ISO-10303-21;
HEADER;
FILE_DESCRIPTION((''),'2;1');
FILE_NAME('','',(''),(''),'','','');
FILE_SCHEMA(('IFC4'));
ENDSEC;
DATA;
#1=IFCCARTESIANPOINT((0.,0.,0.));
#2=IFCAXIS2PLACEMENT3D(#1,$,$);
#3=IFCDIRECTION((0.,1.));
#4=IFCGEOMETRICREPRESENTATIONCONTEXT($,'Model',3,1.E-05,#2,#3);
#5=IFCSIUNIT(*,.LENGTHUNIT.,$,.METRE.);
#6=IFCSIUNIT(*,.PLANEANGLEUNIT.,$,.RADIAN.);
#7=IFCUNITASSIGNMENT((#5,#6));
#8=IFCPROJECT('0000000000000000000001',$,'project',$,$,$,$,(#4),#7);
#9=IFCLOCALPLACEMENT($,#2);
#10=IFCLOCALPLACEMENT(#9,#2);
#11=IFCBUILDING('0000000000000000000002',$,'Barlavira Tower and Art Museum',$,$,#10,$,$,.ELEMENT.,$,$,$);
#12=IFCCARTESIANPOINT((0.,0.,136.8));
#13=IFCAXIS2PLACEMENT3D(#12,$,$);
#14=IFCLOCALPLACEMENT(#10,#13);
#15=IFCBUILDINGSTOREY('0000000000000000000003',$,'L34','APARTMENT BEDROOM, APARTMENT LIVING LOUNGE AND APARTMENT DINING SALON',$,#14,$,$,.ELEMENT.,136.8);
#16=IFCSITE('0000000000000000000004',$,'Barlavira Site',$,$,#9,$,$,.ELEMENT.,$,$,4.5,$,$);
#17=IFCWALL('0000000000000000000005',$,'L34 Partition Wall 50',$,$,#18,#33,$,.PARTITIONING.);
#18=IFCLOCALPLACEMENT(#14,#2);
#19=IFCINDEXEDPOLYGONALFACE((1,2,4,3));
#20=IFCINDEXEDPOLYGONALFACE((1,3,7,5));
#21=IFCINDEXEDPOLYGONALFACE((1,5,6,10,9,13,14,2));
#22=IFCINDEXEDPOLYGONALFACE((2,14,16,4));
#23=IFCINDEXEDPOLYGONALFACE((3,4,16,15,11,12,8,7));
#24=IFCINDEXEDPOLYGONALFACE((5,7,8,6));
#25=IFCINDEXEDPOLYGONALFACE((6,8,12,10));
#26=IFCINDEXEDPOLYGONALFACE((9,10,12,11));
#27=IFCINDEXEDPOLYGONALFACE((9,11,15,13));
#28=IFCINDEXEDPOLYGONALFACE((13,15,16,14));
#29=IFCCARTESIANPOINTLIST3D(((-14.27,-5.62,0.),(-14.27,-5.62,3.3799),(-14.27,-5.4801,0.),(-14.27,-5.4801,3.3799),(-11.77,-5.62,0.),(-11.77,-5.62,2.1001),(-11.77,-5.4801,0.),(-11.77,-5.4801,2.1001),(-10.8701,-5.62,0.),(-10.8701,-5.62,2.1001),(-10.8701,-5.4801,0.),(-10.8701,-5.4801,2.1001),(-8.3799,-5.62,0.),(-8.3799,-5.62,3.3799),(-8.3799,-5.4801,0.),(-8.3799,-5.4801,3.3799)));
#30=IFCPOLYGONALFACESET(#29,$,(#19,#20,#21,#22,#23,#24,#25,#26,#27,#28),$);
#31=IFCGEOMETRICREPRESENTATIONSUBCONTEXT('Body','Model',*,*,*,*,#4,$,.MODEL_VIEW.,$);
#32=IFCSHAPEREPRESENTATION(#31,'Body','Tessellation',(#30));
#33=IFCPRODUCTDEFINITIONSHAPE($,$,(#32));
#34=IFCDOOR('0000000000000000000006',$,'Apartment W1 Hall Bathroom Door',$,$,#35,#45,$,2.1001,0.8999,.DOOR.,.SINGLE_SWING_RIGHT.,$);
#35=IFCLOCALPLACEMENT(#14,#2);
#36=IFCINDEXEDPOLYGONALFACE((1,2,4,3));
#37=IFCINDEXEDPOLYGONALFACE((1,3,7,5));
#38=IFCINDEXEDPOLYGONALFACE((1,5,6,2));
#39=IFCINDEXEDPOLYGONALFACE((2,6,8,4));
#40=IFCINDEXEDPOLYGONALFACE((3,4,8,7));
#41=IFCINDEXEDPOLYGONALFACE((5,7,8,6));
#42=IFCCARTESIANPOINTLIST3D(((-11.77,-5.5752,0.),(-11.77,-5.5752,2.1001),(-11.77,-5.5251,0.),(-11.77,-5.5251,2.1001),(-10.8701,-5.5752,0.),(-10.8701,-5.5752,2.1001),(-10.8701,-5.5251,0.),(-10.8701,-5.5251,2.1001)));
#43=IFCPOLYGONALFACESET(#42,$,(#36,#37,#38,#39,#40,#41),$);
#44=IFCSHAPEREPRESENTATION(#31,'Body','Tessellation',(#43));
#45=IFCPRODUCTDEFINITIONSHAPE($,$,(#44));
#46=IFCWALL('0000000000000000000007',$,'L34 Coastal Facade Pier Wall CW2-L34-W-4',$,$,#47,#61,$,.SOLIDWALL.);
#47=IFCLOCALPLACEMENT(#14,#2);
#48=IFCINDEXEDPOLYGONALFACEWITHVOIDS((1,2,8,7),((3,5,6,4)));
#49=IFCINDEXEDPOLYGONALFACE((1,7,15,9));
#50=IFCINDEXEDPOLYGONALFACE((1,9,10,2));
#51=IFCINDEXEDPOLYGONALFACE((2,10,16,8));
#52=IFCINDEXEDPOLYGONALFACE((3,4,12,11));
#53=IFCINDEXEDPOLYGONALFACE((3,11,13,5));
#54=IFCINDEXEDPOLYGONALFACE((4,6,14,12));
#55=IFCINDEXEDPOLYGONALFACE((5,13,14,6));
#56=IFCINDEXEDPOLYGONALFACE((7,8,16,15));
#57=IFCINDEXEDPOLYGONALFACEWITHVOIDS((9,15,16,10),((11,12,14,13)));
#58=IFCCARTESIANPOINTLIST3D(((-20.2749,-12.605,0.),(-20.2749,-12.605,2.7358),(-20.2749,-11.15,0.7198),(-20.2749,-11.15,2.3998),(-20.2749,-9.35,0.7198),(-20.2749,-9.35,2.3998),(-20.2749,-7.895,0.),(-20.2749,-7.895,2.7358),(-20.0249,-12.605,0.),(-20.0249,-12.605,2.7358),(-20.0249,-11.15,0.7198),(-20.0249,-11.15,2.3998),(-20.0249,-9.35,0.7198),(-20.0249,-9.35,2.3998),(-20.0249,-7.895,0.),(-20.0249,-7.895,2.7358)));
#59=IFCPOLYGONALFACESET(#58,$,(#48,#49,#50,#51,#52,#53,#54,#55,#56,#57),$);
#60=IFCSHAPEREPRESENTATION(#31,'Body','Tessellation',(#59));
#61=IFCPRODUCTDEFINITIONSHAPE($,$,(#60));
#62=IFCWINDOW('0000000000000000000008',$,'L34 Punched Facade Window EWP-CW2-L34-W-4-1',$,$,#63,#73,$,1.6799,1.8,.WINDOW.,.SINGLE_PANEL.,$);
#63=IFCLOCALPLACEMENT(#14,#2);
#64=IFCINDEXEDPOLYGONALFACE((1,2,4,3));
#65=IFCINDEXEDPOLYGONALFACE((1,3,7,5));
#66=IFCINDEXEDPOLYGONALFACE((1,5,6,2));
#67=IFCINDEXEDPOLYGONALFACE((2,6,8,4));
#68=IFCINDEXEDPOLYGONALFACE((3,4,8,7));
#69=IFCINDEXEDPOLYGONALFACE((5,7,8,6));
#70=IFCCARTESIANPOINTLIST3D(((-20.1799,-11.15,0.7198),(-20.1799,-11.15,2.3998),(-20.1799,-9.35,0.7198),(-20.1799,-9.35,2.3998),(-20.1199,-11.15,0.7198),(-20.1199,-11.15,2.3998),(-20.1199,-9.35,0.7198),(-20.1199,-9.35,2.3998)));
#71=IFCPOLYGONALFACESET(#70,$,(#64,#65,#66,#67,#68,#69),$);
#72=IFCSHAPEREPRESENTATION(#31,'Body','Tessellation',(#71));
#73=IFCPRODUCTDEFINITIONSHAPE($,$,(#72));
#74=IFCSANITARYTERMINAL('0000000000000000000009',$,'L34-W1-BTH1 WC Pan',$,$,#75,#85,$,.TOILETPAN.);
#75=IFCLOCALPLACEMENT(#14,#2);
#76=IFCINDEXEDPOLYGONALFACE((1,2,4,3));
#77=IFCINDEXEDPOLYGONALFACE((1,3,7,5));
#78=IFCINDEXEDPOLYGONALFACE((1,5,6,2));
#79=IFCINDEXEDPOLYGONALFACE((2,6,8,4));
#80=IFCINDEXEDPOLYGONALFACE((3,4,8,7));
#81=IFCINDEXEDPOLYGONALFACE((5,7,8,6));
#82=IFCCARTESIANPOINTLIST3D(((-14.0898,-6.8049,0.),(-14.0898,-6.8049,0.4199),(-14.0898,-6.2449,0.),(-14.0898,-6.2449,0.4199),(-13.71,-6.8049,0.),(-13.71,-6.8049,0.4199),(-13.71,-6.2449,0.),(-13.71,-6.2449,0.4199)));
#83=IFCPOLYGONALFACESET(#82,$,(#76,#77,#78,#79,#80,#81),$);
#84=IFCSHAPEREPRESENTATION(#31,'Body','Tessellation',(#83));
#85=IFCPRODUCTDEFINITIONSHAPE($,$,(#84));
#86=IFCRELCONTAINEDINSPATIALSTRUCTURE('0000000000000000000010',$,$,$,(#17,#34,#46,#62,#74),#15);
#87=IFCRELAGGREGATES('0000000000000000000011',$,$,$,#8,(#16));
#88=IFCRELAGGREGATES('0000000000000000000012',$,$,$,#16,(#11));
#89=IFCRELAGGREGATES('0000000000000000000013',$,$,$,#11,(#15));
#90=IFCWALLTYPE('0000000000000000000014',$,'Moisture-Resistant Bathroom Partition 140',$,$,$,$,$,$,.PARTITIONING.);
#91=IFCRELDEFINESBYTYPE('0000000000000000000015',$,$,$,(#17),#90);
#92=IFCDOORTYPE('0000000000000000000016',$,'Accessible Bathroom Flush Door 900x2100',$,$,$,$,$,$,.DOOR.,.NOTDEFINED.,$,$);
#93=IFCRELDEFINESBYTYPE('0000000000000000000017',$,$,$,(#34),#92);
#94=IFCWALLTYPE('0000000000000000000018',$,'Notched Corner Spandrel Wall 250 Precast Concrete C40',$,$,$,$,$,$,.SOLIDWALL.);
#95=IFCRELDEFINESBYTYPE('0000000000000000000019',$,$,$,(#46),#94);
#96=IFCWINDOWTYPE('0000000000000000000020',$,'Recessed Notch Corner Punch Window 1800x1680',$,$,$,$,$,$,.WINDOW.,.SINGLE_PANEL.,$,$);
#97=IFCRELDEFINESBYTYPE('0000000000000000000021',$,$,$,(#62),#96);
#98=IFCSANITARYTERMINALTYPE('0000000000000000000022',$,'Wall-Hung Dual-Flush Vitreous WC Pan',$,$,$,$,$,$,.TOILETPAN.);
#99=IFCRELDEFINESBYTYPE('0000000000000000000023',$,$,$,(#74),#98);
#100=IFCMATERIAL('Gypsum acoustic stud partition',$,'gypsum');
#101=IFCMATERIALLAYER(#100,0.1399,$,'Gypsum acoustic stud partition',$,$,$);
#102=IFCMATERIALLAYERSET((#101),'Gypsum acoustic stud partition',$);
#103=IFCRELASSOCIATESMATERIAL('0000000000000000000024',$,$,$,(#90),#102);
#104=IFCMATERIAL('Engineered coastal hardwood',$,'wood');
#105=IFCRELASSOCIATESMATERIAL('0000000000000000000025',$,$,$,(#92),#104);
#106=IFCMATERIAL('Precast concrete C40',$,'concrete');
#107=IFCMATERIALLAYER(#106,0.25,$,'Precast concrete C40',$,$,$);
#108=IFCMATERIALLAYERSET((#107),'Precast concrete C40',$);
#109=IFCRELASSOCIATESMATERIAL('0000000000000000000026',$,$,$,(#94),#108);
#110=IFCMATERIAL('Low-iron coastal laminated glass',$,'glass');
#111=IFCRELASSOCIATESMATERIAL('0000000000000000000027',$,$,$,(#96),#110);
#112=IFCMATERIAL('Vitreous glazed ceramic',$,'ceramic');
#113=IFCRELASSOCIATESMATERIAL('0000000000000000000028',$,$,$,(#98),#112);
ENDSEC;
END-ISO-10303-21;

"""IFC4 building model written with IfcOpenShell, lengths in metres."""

from ifc_helpers import new_model, si_unit, direction, frame, frame_2d, origin, origin_2d, place, context, subcontext, project, spatial, rectangle, extrude, material, layer, layer_set, type_object, element, fill, save


model = new_model("IFC4")

# Units and contexts
model_context = context("Model", 3, precision=1e-05, world=origin(), true_north=direction((0.0, 1.0)))
body_context = subcontext(model_context, "Body", "Model", "MODEL_VIEW")
ifc_project = project(units=[si_unit("LENGTHUNIT", "METRE"), si_unit("PLANEANGLEUNIT", "RADIAN")], contexts=[model_context])

# Site, building, storey
site_placement = place(None, origin())
site = spatial("IfcSite", under=ifc_project, at=site_placement, Name="Barlavira Site", CompositionType="ELEMENT", RefElevation=4.5)
building_placement = place(site_placement, origin())
building = spatial("IfcBuilding", under=site, at=building_placement, Name="Barlavira Tower and Art Museum", CompositionType="ELEMENT")
storey_placement = place(building_placement, frame((0.0, 0.0, 136.8)))
storey = spatial("IfcBuildingStorey", under=building, at=storey_placement, Name="L34", Description="APARTMENT BEDROOM, APARTMENT LIVING LOUNGE AND APARTMENT DINING SALON", CompositionType="ELEMENT", Elevation=136.8)

# Shared definitions
ifc_material_1 = material(Name="Low-iron coastal laminated glass", Category="glass")

# Shared definitions
ifc_material_2 = material(Name="Gypsum acoustic stud partition", Category="gypsum")
ifc_material_3 = material(Name="Engineered coastal hardwood", Category="wood")

# Wall, opening, door
ifc_layer_1 = layer(ifc_material_2, 0.1399, Name="Gypsum acoustic stud partition")
ifc_layer_set_1 = layer_set([ifc_layer_1], Name="Gypsum acoustic stud partition")
wall_type_1 = type_object("IfcWallType", Name="Moisture-Resistant Bathroom Partition 140", PredefinedType="PARTITIONING", material=ifc_layer_set_1)
wall_1_placement = place(storey_placement, frame((-14.27, -5.55, 0.0), z_axis=(0.0, 0.0, 1.0), x_axis=(1.0, 0.0, 0.0)))
wall_1 = element("IfcWall", 1, at=wall_1_placement, inside=storey, type_object=wall_type_1, Name="L34 Partition Wall 50", PredefinedType="PARTITIONING", context=body_context, shape_type="SweptSolid", body=[
    extrude(rectangle(XDim=5.8901, YDim=0.1399, at=frame_2d((2.9451, 0.0))), origin(), (0.0, 0.0, 1.0), 3.3799),
])
opening_1_placement = place(wall_1_placement, frame((2.5, 0.0, 0.0)))
opening_1 = element("IfcOpeningElement", 2, at=opening_1_placement, cuts=wall_1, PredefinedType="OPENING", context=body_context, shape_type="SweptSolid", body=[
    extrude(rectangle(XDim=0.8999, YDim=2.1001, at=frame_2d((0.45, 1.05))), frame((0.0, 0.0801, 0.0), z_axis=(0.0, -1.0, 0.0), x_axis=(1.0, 0.0, 0.0)), (0.0, 0.0, 1.0), 0.1599),
])
door_type_1 = type_object("IfcDoorType", Name="Accessible Bathroom Flush Door 900x2100", OperationType="NOTDEFINED", PredefinedType="DOOR", material=ifc_material_3)
door_1_placement = place(opening_1_placement, origin())
door_1 = element("IfcDoor", 3, at=door_1_placement, inside=storey, type_object=door_type_1, Name="Apartment W1 Hall Bathroom Door", OperationType="SINGLE_SWING_RIGHT", OverallHeight=2.1001, OverallWidth=0.8999, PredefinedType="DOOR", context=body_context, shape_type="SweptSolid", body=[
    extrude(rectangle(XDim=0.8999, YDim=2.1001, at=frame_2d((0.45, 1.05))), frame((0.0, 0.0249, 0.0), z_axis=(0.0, -1.0, 0.0), x_axis=(1.0, 0.0, 0.0)), (0.0, 0.0, 1.0), 0.05),
])
fill(opening_1, door_1)

# Wall, opening, window
ifc_material_4 = material(Name="Precast concrete C40", Category="concrete")
ifc_layer_2 = layer(ifc_material_4, 0.25, Name="Precast concrete C40")
ifc_layer_set_2 = layer_set([ifc_layer_2], Name="Precast concrete C40")
wall_type_2 = type_object("IfcWallType", Name="Notched Corner Spandrel Wall 250 Precast Concrete C40", PredefinedType="SOLIDWALL", material=ifc_layer_set_2)
wall_2_placement = place(storey_placement, frame((-20.1499, -7.895, 0.0), z_axis=(0.0, 0.0, 1.0), x_axis=(0.0, -1.0, 0.0)))
wall_2 = element("IfcWall", 4, at=wall_2_placement, inside=storey, type_object=wall_type_2, Name="L34 Coastal Facade Pier Wall CW2-L34-W-4", PredefinedType="SOLIDWALL", context=body_context, shape_type="SweptSolid", body=[
    extrude(rectangle(XDim=4.71, YDim=0.25, at=frame_2d((2.355, 0.0))), origin(), (0.0, 0.0, 1.0), 2.7358),
])
opening_2_placement = place(wall_2_placement, frame((1.4551, 0.0, 0.72)))
opening_2 = element("IfcOpeningElement", 5, at=opening_2_placement, cuts=wall_2, PredefinedType="OPENING", context=body_context, shape_type="SweptSolid", body=[
    extrude(rectangle(XDim=1.8, YDim=1.6799, at=frame_2d((0.8999, 0.8398))), frame((0.0, 0.135, 0.0), z_axis=(0.0, -1.0, 0.0), x_axis=(1.0, 0.0, 0.0)), (0.0, 0.0, 1.0), 0.27),
])
window_type = type_object("IfcWindowType", Name="Recessed Notch Corner Punch Window 1800x1680", PartitioningType="SINGLE_PANEL", PredefinedType="WINDOW", material=ifc_material_1)
window_placement = place(opening_2_placement, origin())
window = element("IfcWindow", 6, at=window_placement, inside=storey, type_object=window_type, Name="L34 Punched Facade Window EWP-CW2-L34-W-4-1", OverallHeight=1.6799, OverallWidth=1.8, PartitioningType="SINGLE_PANEL", PredefinedType="WINDOW", context=body_context, shape_type="SweptSolid", body=[
    extrude(rectangle(XDim=1.8, YDim=1.6799, at=frame_2d((0.8999, 0.8398))), frame((0.0, 0.03, 0.0), z_axis=(0.0, -1.0, 0.0), x_axis=(1.0, 0.0, 0.0)), (0.0, 0.0, 1.0), 0.0601),
])
fill(opening_2, window)

# Sanitary terminal
ifc_material_5 = material(Name="Vitreous glazed ceramic", Category="ceramic")
sanitary_terminal_type = type_object("IfcSanitaryTerminalType", Name="Wall-Hung Dual-Flush Vitreous WC Pan", PredefinedType="TOILETPAN", material=ifc_material_5)
sanitary_terminal_placement = place(storey_placement, frame((-13.8999, -6.5249, 0.0), z_axis=(0.0, 0.0, 1.0), x_axis=(1.0, 0.0, 0.0)))
element("IfcSanitaryTerminal", 7, at=sanitary_terminal_placement, inside=storey, type_object=sanitary_terminal_type, Name="L34-W1-BTH1 WC Pan", PredefinedType="TOILETPAN", context=body_context, shape_type="SweptSolid", body=[
    extrude(rectangle(XDim=0.3799, YDim=0.5601, at=origin_2d()), origin(), (0.0, 0.0, 1.0), 0.4199),
])

save(model, "model.ifc")
